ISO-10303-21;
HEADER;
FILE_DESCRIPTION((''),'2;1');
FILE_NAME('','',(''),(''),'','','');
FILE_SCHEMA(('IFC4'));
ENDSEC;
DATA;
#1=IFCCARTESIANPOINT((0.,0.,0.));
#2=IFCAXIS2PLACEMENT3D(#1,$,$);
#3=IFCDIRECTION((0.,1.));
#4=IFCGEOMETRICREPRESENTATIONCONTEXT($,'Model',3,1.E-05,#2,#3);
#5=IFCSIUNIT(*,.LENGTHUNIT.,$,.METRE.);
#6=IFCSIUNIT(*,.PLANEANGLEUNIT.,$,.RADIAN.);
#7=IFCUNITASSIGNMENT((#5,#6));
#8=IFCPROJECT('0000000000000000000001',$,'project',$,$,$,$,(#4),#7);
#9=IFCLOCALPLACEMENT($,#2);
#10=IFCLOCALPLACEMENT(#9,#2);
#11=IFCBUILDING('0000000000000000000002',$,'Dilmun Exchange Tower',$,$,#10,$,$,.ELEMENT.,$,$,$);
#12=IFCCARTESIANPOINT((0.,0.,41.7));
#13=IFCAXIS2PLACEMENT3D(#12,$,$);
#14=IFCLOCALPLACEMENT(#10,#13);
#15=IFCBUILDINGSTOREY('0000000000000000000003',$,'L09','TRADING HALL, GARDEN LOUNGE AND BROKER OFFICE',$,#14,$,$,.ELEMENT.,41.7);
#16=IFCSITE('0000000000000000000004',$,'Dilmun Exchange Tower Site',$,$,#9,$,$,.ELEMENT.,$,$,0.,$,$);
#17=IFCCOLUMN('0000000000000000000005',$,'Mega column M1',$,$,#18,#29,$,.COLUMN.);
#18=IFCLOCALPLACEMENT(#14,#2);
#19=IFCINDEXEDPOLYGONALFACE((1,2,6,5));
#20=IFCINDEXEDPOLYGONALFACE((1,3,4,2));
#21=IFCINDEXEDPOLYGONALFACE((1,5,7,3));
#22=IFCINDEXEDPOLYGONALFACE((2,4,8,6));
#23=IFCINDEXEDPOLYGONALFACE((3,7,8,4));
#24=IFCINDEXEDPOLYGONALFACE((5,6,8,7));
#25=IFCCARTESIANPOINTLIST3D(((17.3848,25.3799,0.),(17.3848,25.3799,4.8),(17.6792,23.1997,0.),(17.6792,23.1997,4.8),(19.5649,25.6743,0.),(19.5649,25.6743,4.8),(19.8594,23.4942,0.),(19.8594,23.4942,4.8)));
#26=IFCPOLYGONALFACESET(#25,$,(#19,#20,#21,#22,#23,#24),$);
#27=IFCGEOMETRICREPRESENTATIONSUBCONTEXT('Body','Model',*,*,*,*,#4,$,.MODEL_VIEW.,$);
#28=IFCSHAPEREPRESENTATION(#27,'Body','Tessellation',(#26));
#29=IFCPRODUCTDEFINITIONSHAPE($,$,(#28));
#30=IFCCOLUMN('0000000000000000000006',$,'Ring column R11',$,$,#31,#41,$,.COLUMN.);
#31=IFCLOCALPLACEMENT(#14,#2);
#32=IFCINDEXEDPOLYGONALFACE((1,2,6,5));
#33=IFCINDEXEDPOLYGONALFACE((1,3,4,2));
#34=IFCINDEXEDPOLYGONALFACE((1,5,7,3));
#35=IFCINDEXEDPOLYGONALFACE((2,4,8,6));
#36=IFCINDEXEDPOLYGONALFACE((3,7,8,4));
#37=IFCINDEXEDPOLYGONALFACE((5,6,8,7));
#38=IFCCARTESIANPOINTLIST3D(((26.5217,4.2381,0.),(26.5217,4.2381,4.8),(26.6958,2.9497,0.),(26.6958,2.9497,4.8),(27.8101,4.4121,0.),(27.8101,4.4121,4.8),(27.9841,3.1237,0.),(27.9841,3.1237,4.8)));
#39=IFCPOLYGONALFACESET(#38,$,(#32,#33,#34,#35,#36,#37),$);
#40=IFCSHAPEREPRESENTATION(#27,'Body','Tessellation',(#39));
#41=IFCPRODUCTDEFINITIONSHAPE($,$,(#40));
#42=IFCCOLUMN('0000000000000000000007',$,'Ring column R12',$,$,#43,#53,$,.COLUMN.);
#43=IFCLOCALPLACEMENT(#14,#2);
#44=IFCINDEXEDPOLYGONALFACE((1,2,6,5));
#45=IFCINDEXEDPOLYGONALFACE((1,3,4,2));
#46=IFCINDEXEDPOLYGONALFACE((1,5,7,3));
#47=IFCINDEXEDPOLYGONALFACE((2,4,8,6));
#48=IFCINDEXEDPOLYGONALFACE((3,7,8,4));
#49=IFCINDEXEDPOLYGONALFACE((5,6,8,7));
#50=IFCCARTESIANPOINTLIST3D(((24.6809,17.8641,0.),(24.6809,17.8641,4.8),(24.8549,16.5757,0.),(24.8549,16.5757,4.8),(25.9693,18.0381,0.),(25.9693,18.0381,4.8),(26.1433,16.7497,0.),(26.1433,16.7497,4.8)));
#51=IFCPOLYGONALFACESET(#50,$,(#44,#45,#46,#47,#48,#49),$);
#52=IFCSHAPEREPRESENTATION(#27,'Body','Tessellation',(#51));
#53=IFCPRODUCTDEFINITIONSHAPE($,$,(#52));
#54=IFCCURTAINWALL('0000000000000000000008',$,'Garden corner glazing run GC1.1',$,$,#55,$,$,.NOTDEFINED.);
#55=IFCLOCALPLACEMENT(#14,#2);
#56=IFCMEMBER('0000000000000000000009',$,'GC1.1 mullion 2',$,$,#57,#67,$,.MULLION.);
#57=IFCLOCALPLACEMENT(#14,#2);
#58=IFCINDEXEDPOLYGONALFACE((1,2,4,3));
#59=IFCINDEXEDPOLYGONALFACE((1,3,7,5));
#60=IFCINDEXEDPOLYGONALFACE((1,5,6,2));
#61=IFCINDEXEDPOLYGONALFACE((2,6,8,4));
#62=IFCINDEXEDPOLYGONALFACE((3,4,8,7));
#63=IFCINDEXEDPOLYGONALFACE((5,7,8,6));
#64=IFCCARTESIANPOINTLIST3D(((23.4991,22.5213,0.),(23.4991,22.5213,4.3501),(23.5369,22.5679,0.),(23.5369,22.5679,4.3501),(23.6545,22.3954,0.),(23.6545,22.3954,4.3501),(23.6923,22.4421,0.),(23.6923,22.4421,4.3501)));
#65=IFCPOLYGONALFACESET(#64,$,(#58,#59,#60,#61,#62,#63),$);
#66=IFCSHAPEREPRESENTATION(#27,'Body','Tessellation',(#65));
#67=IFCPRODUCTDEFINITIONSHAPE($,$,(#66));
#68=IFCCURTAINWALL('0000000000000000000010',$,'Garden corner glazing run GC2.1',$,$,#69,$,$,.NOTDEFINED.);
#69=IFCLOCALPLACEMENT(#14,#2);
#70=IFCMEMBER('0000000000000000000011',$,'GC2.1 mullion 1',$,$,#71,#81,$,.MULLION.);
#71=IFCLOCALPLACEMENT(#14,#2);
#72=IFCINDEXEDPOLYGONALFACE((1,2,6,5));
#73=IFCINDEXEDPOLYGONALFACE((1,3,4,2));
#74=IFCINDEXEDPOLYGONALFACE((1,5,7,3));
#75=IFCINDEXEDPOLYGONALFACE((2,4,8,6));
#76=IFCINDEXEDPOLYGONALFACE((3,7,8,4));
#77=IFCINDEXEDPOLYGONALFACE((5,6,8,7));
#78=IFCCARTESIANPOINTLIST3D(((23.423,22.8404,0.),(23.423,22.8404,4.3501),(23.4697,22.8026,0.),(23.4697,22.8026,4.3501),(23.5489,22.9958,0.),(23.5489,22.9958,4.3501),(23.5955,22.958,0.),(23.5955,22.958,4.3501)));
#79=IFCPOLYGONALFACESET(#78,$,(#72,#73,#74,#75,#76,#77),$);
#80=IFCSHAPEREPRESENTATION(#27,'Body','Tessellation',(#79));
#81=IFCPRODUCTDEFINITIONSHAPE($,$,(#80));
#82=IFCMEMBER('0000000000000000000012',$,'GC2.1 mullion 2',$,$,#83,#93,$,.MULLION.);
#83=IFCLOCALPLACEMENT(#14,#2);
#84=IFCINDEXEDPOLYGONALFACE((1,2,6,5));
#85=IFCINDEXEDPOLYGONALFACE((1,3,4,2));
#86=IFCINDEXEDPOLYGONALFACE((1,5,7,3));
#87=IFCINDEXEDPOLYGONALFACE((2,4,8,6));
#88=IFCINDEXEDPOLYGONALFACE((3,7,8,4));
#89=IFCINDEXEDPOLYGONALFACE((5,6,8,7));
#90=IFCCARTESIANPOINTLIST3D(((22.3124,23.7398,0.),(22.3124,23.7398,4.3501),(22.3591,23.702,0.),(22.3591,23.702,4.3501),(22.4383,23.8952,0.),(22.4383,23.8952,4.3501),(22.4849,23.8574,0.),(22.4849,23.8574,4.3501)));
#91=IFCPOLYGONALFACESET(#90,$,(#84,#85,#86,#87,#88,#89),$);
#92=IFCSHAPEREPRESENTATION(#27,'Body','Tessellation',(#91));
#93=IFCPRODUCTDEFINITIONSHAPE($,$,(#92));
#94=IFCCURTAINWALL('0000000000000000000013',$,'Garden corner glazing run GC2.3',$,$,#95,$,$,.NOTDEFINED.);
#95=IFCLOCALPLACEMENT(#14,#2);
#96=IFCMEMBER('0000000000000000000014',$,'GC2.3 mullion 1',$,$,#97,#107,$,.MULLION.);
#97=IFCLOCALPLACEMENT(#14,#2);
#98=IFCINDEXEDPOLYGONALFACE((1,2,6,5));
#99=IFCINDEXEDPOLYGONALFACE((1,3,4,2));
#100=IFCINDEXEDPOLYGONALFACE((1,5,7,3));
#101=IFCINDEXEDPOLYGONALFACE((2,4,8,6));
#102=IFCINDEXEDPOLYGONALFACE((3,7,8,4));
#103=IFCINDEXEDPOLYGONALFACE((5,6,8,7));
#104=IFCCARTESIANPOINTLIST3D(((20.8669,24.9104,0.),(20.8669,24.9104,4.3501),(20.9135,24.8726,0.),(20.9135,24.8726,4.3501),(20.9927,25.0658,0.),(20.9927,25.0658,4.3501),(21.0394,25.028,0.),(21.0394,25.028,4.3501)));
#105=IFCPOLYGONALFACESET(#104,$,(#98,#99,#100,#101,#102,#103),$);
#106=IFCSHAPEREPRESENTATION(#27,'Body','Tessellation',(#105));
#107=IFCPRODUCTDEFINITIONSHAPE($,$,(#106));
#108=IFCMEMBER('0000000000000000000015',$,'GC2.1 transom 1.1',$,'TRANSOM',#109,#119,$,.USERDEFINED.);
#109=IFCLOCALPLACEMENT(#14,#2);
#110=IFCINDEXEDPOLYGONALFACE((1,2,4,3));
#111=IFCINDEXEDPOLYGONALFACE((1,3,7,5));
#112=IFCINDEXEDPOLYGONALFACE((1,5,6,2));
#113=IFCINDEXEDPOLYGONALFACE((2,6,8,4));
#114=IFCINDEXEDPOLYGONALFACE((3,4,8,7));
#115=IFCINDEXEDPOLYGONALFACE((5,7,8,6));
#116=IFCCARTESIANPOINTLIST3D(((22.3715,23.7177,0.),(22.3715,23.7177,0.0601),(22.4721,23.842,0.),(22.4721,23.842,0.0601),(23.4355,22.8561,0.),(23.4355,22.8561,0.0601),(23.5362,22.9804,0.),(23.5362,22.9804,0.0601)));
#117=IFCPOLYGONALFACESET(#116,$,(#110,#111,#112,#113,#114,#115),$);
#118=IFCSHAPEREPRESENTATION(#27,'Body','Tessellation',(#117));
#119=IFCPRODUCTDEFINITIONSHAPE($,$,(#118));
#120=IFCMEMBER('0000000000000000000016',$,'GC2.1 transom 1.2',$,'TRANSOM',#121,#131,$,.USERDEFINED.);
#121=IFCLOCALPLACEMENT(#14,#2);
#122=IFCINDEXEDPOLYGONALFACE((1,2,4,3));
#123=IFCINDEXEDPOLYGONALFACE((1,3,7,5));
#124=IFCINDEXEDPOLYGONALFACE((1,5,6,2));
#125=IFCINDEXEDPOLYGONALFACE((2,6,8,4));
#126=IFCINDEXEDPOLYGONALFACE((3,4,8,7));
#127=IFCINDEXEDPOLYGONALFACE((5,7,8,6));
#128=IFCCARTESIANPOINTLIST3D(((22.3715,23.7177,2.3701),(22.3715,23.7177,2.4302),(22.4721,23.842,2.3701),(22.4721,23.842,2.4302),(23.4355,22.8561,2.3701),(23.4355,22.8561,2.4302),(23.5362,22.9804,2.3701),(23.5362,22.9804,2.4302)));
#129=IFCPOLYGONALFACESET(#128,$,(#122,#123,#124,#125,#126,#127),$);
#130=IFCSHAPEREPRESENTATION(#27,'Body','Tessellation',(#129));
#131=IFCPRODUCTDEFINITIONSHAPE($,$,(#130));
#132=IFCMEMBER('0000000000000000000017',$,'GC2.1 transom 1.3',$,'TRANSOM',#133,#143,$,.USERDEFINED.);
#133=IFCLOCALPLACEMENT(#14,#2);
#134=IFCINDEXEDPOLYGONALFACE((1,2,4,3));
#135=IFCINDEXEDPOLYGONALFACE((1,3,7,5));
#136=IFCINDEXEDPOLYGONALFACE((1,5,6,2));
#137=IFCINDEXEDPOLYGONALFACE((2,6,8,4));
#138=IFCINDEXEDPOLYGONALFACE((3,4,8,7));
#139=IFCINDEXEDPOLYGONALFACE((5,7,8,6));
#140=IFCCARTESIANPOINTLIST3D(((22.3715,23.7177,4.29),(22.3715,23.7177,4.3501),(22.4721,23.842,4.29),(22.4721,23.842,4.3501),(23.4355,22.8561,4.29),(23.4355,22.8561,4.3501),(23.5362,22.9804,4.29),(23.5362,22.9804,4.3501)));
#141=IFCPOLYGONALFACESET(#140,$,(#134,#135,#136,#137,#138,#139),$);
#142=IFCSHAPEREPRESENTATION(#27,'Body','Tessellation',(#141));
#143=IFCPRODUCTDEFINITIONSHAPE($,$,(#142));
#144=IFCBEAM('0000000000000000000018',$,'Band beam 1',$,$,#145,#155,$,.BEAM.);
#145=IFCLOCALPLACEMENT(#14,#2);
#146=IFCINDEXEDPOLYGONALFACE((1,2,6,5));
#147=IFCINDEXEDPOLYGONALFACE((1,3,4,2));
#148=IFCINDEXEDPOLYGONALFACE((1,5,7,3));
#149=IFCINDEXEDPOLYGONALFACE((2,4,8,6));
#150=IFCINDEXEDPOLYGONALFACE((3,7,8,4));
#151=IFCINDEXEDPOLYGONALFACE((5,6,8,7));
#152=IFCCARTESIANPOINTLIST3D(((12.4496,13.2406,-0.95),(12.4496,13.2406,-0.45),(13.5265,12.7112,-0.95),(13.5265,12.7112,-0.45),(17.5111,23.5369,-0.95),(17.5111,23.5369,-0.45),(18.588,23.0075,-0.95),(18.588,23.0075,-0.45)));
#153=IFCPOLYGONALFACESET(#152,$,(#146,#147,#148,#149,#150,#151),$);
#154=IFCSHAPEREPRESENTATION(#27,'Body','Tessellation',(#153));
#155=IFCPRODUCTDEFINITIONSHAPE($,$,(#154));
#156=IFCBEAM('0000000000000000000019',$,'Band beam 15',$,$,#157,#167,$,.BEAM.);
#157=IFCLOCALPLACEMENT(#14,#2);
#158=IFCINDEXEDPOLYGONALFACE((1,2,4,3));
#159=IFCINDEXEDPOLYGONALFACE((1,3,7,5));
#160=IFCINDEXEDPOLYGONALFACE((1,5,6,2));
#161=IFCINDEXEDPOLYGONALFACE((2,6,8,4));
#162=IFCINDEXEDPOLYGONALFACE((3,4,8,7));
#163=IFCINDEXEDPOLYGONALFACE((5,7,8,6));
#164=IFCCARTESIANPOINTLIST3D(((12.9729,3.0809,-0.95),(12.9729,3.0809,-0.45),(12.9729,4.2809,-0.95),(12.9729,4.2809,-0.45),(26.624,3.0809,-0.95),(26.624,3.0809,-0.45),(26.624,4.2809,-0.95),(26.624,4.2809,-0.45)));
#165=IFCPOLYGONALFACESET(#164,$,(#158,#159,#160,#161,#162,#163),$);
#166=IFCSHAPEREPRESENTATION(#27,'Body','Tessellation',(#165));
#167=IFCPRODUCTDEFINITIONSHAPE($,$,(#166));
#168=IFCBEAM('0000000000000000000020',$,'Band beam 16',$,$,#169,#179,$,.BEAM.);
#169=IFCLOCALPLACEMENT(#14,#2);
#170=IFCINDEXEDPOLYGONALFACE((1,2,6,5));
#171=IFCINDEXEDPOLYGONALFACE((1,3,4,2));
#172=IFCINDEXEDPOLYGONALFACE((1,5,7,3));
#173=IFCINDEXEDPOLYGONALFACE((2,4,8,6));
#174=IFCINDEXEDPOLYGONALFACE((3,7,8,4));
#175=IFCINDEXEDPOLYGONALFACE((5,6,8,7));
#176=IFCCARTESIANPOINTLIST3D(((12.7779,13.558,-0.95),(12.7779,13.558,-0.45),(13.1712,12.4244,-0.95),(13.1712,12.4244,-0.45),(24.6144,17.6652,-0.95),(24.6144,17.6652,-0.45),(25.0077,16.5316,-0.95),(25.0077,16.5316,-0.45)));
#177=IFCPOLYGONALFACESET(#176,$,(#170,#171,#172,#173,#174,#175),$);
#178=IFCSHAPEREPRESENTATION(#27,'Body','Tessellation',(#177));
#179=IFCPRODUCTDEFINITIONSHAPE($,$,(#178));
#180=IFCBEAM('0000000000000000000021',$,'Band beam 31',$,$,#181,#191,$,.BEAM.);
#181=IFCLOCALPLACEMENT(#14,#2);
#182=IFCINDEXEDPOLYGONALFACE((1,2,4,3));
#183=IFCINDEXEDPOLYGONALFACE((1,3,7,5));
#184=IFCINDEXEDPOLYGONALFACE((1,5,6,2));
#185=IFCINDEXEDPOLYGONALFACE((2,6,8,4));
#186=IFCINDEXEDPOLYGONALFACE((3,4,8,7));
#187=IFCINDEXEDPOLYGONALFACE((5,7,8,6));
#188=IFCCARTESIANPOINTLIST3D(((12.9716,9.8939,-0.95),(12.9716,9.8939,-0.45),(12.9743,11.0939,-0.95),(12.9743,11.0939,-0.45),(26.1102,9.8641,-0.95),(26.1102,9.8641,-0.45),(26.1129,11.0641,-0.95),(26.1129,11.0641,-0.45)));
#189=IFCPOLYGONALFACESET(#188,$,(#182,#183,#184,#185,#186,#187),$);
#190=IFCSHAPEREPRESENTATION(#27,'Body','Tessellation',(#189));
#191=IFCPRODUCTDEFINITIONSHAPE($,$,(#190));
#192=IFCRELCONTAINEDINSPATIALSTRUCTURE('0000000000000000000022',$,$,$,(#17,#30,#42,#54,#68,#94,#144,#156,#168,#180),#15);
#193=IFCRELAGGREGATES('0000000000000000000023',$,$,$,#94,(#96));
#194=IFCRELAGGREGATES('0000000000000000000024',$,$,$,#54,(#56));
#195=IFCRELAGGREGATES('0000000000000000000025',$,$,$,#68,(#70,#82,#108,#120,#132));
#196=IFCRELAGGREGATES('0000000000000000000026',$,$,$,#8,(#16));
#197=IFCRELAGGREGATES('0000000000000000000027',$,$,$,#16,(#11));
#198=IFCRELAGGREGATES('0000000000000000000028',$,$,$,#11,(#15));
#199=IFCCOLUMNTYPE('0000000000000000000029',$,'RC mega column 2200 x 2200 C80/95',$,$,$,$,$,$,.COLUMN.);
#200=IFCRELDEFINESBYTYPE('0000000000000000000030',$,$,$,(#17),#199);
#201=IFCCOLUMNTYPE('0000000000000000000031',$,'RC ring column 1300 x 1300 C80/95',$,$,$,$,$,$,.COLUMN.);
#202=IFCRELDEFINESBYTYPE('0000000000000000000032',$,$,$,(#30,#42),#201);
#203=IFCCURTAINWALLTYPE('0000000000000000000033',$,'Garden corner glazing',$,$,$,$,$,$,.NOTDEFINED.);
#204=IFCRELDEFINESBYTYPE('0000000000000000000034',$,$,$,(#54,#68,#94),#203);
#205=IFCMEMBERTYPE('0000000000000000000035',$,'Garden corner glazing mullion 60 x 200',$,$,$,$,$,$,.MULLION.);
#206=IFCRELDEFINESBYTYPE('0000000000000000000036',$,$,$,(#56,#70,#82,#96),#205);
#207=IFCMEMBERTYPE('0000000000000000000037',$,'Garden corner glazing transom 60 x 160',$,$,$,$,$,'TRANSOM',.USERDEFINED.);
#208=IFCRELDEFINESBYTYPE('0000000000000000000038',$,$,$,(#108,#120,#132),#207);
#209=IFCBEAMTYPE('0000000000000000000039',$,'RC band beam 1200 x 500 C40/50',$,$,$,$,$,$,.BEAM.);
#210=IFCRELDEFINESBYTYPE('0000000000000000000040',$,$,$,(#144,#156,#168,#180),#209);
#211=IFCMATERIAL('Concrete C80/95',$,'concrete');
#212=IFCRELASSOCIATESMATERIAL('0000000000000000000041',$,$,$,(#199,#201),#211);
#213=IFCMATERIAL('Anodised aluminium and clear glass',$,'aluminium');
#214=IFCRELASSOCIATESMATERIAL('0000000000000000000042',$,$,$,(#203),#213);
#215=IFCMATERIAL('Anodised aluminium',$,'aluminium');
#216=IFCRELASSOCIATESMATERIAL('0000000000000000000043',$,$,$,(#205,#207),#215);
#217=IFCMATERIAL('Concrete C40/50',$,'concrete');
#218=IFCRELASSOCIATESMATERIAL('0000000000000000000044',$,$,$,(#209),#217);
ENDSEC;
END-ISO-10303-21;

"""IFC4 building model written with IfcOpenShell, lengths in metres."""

from ifc_helpers import new_model, si_unit, direction, frame, origin, origin_2d, place, context, subcontext, project, spatial, rectangle, extrude, material, material_profile, profile_set, type_object, element, aggregate, save


model = new_model("IFC4")

# Units and contexts
model_context = context("Model", 3, precision=1e-05, world=origin(), true_north=direction((0.0, 1.0)))
body_context = subcontext(model_context, "Body", "Model", "MODEL_VIEW")
ifc_project = project(units=[si_unit("LENGTHUNIT", "METRE"), si_unit("PLANEANGLEUNIT", "RADIAN")], contexts=[model_context])

# Site, building, storey
site_placement = place(None, origin())
site = spatial("IfcSite", under=ifc_project, at=site_placement, Name="Dilmun Exchange Tower Site", CompositionType="ELEMENT", RefElevation=0.0)
building_placement = place(site_placement, origin())
building = spatial("IfcBuilding", under=site, at=building_placement, Name="Dilmun Exchange Tower", CompositionType="ELEMENT")
storey_placement = place(building_placement, frame((0.0, 0.0, 41.7)))
storey = spatial("IfcBuildingStorey", under=building, at=storey_placement, Name="L09", Description="TRADING HALL, GARDEN LOUNGE AND BROKER OFFICE", CompositionType="ELEMENT", Elevation=41.7)

# Columns
ifc_material_1 = material(Name="Concrete C80/95", Category="concrete")
ifc_material_profile_1 = material_profile(ifc_material_1, rectangle(XDim=2.2, YDim=2.2, at=origin_2d()), Name="2200 x 2200")
ifc_profile_set_1 = profile_set([ifc_material_profile_1], Name="Concrete C80/95")
column_type_1 = type_object("IfcColumnType", Name="RC mega column 2200 x 2200 C80/95", PredefinedType="COLUMN", material=ifc_profile_set_1)
column_placement = place(storey_placement, frame((18.6221, 24.437, 0.0), z_axis=(0.0, 0.0, 1.0), x_axis=(0.991001, 0.133853, 0.0)))
element("IfcColumn", 1, at=column_placement, inside=storey, type_object=column_type_1, Name="Mega column M1", PredefinedType="COLUMN", context=body_context, shape_type="SweptSolid", body=[
    extrude(rectangle(XDim=2.2, YDim=2.2, at=origin_2d()), origin(), (0.0, 0.0, 1.0), 4.8),
])
ifc_material_profile_2 = material_profile(ifc_material_1, rectangle(XDim=1.3, YDim=1.3, at=origin_2d()), Name="1300 x 1300")
ifc_profile_set_2 = profile_set([ifc_material_profile_2], Name="Concrete C80/95")
column_type_2 = type_object("IfcColumnType", Name="RC ring column 1300 x 1300 C80/95", PredefinedType="COLUMN", material=ifc_profile_set_2)
for number, where, z_axis, x_axis, name in (
    (2, (27.2529, 3.6809, 0.0), (0.0, 0.0, 1.0), (0.991001, 0.133853, 0.0), "Ring column R11"),
    (3, (25.4121, 17.3069, 0.0), (0.0, 0.0, 1.0), (0.991001, 0.133853, 0.0), "Ring column R12"),
):
    element("IfcColumn", number, at=place(storey_placement, frame(where, z_axis=z_axis, x_axis=x_axis)), inside=storey, type_object=column_type_2, Name=name, PredefinedType="COLUMN", context=body_context, shape_type="SweptSolid", body=[
        extrude(rectangle(XDim=1.3, YDim=1.3, at=origin_2d()), origin(), (0.0, 0.0, 1.0), 4.8),
    ])

# Curtain wall, member
ifc_material_2 = material(Name="Anodised aluminium and clear glass", Category="aluminium")
curtain_wall_type = type_object("IfcCurtainWallType", Name="Garden corner glazing", PredefinedType="NOTDEFINED", material=ifc_material_2)
curtain_wall_1_placement = place(storey_placement, origin())
curtain_wall_1 = element("IfcCurtainWall", 4, at=curtain_wall_1_placement, inside=storey, type_object=curtain_wall_type, Name="Garden corner glazing run GC1.1", PredefinedType="NOTDEFINED")
ifc_material_3 = material(Name="Anodised aluminium", Category="aluminium")
ifc_material_profile_3 = material_profile(ifc_material_3, rectangle(XDim=0.2, YDim=0.0601, at=origin_2d()), Name="AL 60x200")
ifc_profile_set_3 = profile_set([ifc_material_profile_3], Name="Anodised aluminium")
member_type_1 = type_object("IfcMemberType", Name="Garden corner glazing mullion 60 x 200", PredefinedType="MULLION", material=ifc_profile_set_3)
member_1_placement = place(storey_placement, frame((23.5957, 22.4817, 0.0), z_axis=(0.0, 0.0, 1.0), x_axis=(0.777139, -0.629329, 0.0)))
member_1 = element("IfcMember", 5, at=member_1_placement, type_object=member_type_1, Name="GC1.1 mullion 2", PredefinedType="MULLION", context=body_context, shape_type="SweptSolid", body=[
    extrude(rectangle(XDim=0.2, YDim=0.0601, at=origin_2d()), origin(), (0.0, 0.0, 1.0), 4.3501),
])

# Curtain wall, members
curtain_wall_2_placement = place(storey_placement, origin())
curtain_wall_2 = element("IfcCurtainWall", 6, at=curtain_wall_2_placement, inside=storey, type_object=curtain_wall_type, Name="Garden corner glazing run GC2.1", PredefinedType="NOTDEFINED")
member_2_placement = place(storey_placement, frame((23.5093, 22.8992, 0.0), z_axis=(0.0, 0.0, 1.0), x_axis=(-0.629328, -0.77714, 0.0)))
member_2 = element("IfcMember", 7, at=member_2_placement, type_object=member_type_1, Name="GC2.1 mullion 1", PredefinedType="MULLION", context=body_context, shape_type="SweptSolid", body=[
    extrude(rectangle(XDim=0.2, YDim=0.0601, at=origin_2d()), origin(), (0.0, 0.0, 1.0), 4.3501),
])
member_3_placement = place(storey_placement, frame((22.3987, 23.7986, 0.0), z_axis=(0.0, 0.0, 1.0), x_axis=(-0.629328, -0.77714, 0.0)))
member_3 = element("IfcMember", 8, at=member_3_placement, type_object=member_type_1, Name="GC2.1 mullion 2", PredefinedType="MULLION", context=body_context, shape_type="SweptSolid", body=[
    extrude(rectangle(XDim=0.2, YDim=0.0601, at=origin_2d()), origin(), (0.0, 0.0, 1.0), 4.3501),
])

# Curtain wall, member
curtain_wall_3_placement = place(storey_placement, origin())
curtain_wall_3 = element("IfcCurtainWall", 9, at=curtain_wall_3_placement, inside=storey, type_object=curtain_wall_type, Name="Garden corner glazing run GC2.3", PredefinedType="NOTDEFINED")
member_4_placement = place(storey_placement, frame((20.9531, 24.9692, 0.0), z_axis=(0.0, 0.0, 1.0), x_axis=(-0.629308, -0.777156, 0.0)))
member_4 = element("IfcMember", 10, at=member_4_placement, type_object=member_type_1, Name="GC2.3 mullion 1", PredefinedType="MULLION", context=body_context, shape_type="SweptSolid", body=[
    extrude(rectangle(XDim=0.2, YDim=0.0601, at=origin_2d()), origin(), (0.0, 0.0, 1.0), 4.3501),
])
aggregate(curtain_wall_3, [member_4])

# Members
ifc_material_profile_4 = material_profile(ifc_material_3, rectangle(XDim=0.1599, YDim=0.0601, at=origin_2d()), Name="AL 60x160")
ifc_profile_set_4 = profile_set([ifc_material_profile_4], Name="Anodised aluminium")
member_type_2 = type_object("IfcMemberType", Name="Garden corner glazing transom 60 x 160", ElementType="TRANSOM", PredefinedType="USERDEFINED", material=ifc_profile_set_4)
member_5_placement = place(storey_placement, frame((23.4858, 22.9182, 0.03), z_axis=(-0.777149, 0.629316, 0.0), x_axis=(-0.629316, -0.777149, 0.0)))
member_5 = element("IfcMember", 11, at=member_5_placement, type_object=member_type_2, Name="GC2.1 transom 1.1", ObjectType="TRANSOM", PredefinedType="USERDEFINED", context=body_context, shape_type="SweptSolid", body=[
    extrude(rectangle(XDim=0.1599, YDim=0.0601, at=origin_2d()), origin(), (0.0, 0.0, 1.0), 1.3691),
])
member_6_placement = place(storey_placement, frame((23.4858, 22.9182, 2.4001), z_axis=(-0.777149, 0.629316, 0.0), x_axis=(-0.629316, -0.777149, 0.0)))
member_6 = element("IfcMember", 12, at=member_6_placement, type_object=member_type_2, Name="GC2.1 transom 1.2", ObjectType="TRANSOM", PredefinedType="USERDEFINED", context=body_context, shape_type="SweptSolid", body=[
    extrude(rectangle(XDim=0.1599, YDim=0.0601, at=origin_2d()), origin(), (0.0, 0.0, 1.0), 1.3691),
])
member_7_placement = place(storey_placement, frame((23.4858, 22.9182, 4.3201), z_axis=(-0.777149, 0.629316, 0.0), x_axis=(-0.629316, -0.777149, 0.0)))
member_7 = element("IfcMember", 13, at=member_7_placement, type_object=member_type_2, Name="GC2.1 transom 1.3", ObjectType="TRANSOM", PredefinedType="USERDEFINED", context=body_context, shape_type="SweptSolid", body=[
    extrude(rectangle(XDim=0.1599, YDim=0.0601, at=origin_2d()), origin(), (0.0, 0.0, 1.0), 1.3691),
])

# Beams
ifc_material_4 = material(Name="Concrete C40/50", Category="concrete")
ifc_material_profile_5 = material_profile(ifc_material_4, rectangle(XDim=1.2, YDim=0.5, at=origin_2d()), Name="1200 x 500")
ifc_profile_set_5 = profile_set([ifc_material_profile_5], Name="Concrete C40/50")
beam_type_1 = type_object("IfcBeamType", Name="RC band beam 1200 x 500 C40/50", PredefinedType="BEAM", material=ifc_profile_set_5)
beam_1_placement = place(storey_placement, frame((18.0496, 23.2722, -0.7), z_axis=(-0.44116, -0.897428, 0.0), x_axis=(0.897428, -0.44116, 0.0)))
element("IfcBeam", 14, at=beam_1_placement, inside=storey, type_object=beam_type_1, Name="Band beam 1", PredefinedType="BEAM", context=body_context, shape_type="SweptSolid", body=[
    extrude(rectangle(XDim=1.2, YDim=0.5, at=origin_2d()), origin(), (0.0, 0.0, 1.0), 11.4731),
])
beam_2_placement = place(storey_placement, frame((26.624, 3.6809, -0.7), z_axis=(-1.0, 0.0, 0.0), x_axis=(0.0, -1.0, 0.0)))
element("IfcBeam", 15, at=beam_2_placement, inside=storey, type_object=beam_type_1, Name="Band beam 15", PredefinedType="BEAM", context=body_context, shape_type="SweptSolid", body=[
    extrude(rectangle(XDim=1.2, YDim=0.5, at=origin_2d()), origin(), (0.0, 0.0, 1.0), 13.6511),
])
beam_3_placement = place(storey_placement, frame((24.811, 17.0984, -0.7), z_axis=(-0.94474, -0.32782, 0.0), x_axis=(0.32782, -0.94474, 0.0)))
element("IfcBeam", 16, at=beam_3_placement, inside=storey, type_object=beam_type_1, Name="Band beam 16", PredefinedType="BEAM", context=body_context, shape_type="SweptSolid", body=[
    extrude(rectangle(XDim=1.2, YDim=0.5, at=origin_2d()), origin(), (0.0, 0.0, 1.0), 12.5288),
])
beam_4_placement = place(storey_placement, frame((26.1116, 10.4641, -0.7), z_axis=(-0.999997, 0.002267, 0.0), x_axis=(-0.002267, -0.999997, 0.0)))
element("IfcBeam", 17, at=beam_4_placement, inside=storey, type_object=beam_type_1, Name="Band beam 31", PredefinedType="BEAM", context=body_context, shape_type="SweptSolid", body=[
    extrude(rectangle(XDim=1.2, YDim=0.5, at=origin_2d()), origin(), (0.0, 0.0, 1.0), 13.1387),
])

aggregate(curtain_wall_1, [member_1])
aggregate(curtain_wall_2, [member_2, member_3, member_5, member_6, member_7])

save(model, "model.ifc")
